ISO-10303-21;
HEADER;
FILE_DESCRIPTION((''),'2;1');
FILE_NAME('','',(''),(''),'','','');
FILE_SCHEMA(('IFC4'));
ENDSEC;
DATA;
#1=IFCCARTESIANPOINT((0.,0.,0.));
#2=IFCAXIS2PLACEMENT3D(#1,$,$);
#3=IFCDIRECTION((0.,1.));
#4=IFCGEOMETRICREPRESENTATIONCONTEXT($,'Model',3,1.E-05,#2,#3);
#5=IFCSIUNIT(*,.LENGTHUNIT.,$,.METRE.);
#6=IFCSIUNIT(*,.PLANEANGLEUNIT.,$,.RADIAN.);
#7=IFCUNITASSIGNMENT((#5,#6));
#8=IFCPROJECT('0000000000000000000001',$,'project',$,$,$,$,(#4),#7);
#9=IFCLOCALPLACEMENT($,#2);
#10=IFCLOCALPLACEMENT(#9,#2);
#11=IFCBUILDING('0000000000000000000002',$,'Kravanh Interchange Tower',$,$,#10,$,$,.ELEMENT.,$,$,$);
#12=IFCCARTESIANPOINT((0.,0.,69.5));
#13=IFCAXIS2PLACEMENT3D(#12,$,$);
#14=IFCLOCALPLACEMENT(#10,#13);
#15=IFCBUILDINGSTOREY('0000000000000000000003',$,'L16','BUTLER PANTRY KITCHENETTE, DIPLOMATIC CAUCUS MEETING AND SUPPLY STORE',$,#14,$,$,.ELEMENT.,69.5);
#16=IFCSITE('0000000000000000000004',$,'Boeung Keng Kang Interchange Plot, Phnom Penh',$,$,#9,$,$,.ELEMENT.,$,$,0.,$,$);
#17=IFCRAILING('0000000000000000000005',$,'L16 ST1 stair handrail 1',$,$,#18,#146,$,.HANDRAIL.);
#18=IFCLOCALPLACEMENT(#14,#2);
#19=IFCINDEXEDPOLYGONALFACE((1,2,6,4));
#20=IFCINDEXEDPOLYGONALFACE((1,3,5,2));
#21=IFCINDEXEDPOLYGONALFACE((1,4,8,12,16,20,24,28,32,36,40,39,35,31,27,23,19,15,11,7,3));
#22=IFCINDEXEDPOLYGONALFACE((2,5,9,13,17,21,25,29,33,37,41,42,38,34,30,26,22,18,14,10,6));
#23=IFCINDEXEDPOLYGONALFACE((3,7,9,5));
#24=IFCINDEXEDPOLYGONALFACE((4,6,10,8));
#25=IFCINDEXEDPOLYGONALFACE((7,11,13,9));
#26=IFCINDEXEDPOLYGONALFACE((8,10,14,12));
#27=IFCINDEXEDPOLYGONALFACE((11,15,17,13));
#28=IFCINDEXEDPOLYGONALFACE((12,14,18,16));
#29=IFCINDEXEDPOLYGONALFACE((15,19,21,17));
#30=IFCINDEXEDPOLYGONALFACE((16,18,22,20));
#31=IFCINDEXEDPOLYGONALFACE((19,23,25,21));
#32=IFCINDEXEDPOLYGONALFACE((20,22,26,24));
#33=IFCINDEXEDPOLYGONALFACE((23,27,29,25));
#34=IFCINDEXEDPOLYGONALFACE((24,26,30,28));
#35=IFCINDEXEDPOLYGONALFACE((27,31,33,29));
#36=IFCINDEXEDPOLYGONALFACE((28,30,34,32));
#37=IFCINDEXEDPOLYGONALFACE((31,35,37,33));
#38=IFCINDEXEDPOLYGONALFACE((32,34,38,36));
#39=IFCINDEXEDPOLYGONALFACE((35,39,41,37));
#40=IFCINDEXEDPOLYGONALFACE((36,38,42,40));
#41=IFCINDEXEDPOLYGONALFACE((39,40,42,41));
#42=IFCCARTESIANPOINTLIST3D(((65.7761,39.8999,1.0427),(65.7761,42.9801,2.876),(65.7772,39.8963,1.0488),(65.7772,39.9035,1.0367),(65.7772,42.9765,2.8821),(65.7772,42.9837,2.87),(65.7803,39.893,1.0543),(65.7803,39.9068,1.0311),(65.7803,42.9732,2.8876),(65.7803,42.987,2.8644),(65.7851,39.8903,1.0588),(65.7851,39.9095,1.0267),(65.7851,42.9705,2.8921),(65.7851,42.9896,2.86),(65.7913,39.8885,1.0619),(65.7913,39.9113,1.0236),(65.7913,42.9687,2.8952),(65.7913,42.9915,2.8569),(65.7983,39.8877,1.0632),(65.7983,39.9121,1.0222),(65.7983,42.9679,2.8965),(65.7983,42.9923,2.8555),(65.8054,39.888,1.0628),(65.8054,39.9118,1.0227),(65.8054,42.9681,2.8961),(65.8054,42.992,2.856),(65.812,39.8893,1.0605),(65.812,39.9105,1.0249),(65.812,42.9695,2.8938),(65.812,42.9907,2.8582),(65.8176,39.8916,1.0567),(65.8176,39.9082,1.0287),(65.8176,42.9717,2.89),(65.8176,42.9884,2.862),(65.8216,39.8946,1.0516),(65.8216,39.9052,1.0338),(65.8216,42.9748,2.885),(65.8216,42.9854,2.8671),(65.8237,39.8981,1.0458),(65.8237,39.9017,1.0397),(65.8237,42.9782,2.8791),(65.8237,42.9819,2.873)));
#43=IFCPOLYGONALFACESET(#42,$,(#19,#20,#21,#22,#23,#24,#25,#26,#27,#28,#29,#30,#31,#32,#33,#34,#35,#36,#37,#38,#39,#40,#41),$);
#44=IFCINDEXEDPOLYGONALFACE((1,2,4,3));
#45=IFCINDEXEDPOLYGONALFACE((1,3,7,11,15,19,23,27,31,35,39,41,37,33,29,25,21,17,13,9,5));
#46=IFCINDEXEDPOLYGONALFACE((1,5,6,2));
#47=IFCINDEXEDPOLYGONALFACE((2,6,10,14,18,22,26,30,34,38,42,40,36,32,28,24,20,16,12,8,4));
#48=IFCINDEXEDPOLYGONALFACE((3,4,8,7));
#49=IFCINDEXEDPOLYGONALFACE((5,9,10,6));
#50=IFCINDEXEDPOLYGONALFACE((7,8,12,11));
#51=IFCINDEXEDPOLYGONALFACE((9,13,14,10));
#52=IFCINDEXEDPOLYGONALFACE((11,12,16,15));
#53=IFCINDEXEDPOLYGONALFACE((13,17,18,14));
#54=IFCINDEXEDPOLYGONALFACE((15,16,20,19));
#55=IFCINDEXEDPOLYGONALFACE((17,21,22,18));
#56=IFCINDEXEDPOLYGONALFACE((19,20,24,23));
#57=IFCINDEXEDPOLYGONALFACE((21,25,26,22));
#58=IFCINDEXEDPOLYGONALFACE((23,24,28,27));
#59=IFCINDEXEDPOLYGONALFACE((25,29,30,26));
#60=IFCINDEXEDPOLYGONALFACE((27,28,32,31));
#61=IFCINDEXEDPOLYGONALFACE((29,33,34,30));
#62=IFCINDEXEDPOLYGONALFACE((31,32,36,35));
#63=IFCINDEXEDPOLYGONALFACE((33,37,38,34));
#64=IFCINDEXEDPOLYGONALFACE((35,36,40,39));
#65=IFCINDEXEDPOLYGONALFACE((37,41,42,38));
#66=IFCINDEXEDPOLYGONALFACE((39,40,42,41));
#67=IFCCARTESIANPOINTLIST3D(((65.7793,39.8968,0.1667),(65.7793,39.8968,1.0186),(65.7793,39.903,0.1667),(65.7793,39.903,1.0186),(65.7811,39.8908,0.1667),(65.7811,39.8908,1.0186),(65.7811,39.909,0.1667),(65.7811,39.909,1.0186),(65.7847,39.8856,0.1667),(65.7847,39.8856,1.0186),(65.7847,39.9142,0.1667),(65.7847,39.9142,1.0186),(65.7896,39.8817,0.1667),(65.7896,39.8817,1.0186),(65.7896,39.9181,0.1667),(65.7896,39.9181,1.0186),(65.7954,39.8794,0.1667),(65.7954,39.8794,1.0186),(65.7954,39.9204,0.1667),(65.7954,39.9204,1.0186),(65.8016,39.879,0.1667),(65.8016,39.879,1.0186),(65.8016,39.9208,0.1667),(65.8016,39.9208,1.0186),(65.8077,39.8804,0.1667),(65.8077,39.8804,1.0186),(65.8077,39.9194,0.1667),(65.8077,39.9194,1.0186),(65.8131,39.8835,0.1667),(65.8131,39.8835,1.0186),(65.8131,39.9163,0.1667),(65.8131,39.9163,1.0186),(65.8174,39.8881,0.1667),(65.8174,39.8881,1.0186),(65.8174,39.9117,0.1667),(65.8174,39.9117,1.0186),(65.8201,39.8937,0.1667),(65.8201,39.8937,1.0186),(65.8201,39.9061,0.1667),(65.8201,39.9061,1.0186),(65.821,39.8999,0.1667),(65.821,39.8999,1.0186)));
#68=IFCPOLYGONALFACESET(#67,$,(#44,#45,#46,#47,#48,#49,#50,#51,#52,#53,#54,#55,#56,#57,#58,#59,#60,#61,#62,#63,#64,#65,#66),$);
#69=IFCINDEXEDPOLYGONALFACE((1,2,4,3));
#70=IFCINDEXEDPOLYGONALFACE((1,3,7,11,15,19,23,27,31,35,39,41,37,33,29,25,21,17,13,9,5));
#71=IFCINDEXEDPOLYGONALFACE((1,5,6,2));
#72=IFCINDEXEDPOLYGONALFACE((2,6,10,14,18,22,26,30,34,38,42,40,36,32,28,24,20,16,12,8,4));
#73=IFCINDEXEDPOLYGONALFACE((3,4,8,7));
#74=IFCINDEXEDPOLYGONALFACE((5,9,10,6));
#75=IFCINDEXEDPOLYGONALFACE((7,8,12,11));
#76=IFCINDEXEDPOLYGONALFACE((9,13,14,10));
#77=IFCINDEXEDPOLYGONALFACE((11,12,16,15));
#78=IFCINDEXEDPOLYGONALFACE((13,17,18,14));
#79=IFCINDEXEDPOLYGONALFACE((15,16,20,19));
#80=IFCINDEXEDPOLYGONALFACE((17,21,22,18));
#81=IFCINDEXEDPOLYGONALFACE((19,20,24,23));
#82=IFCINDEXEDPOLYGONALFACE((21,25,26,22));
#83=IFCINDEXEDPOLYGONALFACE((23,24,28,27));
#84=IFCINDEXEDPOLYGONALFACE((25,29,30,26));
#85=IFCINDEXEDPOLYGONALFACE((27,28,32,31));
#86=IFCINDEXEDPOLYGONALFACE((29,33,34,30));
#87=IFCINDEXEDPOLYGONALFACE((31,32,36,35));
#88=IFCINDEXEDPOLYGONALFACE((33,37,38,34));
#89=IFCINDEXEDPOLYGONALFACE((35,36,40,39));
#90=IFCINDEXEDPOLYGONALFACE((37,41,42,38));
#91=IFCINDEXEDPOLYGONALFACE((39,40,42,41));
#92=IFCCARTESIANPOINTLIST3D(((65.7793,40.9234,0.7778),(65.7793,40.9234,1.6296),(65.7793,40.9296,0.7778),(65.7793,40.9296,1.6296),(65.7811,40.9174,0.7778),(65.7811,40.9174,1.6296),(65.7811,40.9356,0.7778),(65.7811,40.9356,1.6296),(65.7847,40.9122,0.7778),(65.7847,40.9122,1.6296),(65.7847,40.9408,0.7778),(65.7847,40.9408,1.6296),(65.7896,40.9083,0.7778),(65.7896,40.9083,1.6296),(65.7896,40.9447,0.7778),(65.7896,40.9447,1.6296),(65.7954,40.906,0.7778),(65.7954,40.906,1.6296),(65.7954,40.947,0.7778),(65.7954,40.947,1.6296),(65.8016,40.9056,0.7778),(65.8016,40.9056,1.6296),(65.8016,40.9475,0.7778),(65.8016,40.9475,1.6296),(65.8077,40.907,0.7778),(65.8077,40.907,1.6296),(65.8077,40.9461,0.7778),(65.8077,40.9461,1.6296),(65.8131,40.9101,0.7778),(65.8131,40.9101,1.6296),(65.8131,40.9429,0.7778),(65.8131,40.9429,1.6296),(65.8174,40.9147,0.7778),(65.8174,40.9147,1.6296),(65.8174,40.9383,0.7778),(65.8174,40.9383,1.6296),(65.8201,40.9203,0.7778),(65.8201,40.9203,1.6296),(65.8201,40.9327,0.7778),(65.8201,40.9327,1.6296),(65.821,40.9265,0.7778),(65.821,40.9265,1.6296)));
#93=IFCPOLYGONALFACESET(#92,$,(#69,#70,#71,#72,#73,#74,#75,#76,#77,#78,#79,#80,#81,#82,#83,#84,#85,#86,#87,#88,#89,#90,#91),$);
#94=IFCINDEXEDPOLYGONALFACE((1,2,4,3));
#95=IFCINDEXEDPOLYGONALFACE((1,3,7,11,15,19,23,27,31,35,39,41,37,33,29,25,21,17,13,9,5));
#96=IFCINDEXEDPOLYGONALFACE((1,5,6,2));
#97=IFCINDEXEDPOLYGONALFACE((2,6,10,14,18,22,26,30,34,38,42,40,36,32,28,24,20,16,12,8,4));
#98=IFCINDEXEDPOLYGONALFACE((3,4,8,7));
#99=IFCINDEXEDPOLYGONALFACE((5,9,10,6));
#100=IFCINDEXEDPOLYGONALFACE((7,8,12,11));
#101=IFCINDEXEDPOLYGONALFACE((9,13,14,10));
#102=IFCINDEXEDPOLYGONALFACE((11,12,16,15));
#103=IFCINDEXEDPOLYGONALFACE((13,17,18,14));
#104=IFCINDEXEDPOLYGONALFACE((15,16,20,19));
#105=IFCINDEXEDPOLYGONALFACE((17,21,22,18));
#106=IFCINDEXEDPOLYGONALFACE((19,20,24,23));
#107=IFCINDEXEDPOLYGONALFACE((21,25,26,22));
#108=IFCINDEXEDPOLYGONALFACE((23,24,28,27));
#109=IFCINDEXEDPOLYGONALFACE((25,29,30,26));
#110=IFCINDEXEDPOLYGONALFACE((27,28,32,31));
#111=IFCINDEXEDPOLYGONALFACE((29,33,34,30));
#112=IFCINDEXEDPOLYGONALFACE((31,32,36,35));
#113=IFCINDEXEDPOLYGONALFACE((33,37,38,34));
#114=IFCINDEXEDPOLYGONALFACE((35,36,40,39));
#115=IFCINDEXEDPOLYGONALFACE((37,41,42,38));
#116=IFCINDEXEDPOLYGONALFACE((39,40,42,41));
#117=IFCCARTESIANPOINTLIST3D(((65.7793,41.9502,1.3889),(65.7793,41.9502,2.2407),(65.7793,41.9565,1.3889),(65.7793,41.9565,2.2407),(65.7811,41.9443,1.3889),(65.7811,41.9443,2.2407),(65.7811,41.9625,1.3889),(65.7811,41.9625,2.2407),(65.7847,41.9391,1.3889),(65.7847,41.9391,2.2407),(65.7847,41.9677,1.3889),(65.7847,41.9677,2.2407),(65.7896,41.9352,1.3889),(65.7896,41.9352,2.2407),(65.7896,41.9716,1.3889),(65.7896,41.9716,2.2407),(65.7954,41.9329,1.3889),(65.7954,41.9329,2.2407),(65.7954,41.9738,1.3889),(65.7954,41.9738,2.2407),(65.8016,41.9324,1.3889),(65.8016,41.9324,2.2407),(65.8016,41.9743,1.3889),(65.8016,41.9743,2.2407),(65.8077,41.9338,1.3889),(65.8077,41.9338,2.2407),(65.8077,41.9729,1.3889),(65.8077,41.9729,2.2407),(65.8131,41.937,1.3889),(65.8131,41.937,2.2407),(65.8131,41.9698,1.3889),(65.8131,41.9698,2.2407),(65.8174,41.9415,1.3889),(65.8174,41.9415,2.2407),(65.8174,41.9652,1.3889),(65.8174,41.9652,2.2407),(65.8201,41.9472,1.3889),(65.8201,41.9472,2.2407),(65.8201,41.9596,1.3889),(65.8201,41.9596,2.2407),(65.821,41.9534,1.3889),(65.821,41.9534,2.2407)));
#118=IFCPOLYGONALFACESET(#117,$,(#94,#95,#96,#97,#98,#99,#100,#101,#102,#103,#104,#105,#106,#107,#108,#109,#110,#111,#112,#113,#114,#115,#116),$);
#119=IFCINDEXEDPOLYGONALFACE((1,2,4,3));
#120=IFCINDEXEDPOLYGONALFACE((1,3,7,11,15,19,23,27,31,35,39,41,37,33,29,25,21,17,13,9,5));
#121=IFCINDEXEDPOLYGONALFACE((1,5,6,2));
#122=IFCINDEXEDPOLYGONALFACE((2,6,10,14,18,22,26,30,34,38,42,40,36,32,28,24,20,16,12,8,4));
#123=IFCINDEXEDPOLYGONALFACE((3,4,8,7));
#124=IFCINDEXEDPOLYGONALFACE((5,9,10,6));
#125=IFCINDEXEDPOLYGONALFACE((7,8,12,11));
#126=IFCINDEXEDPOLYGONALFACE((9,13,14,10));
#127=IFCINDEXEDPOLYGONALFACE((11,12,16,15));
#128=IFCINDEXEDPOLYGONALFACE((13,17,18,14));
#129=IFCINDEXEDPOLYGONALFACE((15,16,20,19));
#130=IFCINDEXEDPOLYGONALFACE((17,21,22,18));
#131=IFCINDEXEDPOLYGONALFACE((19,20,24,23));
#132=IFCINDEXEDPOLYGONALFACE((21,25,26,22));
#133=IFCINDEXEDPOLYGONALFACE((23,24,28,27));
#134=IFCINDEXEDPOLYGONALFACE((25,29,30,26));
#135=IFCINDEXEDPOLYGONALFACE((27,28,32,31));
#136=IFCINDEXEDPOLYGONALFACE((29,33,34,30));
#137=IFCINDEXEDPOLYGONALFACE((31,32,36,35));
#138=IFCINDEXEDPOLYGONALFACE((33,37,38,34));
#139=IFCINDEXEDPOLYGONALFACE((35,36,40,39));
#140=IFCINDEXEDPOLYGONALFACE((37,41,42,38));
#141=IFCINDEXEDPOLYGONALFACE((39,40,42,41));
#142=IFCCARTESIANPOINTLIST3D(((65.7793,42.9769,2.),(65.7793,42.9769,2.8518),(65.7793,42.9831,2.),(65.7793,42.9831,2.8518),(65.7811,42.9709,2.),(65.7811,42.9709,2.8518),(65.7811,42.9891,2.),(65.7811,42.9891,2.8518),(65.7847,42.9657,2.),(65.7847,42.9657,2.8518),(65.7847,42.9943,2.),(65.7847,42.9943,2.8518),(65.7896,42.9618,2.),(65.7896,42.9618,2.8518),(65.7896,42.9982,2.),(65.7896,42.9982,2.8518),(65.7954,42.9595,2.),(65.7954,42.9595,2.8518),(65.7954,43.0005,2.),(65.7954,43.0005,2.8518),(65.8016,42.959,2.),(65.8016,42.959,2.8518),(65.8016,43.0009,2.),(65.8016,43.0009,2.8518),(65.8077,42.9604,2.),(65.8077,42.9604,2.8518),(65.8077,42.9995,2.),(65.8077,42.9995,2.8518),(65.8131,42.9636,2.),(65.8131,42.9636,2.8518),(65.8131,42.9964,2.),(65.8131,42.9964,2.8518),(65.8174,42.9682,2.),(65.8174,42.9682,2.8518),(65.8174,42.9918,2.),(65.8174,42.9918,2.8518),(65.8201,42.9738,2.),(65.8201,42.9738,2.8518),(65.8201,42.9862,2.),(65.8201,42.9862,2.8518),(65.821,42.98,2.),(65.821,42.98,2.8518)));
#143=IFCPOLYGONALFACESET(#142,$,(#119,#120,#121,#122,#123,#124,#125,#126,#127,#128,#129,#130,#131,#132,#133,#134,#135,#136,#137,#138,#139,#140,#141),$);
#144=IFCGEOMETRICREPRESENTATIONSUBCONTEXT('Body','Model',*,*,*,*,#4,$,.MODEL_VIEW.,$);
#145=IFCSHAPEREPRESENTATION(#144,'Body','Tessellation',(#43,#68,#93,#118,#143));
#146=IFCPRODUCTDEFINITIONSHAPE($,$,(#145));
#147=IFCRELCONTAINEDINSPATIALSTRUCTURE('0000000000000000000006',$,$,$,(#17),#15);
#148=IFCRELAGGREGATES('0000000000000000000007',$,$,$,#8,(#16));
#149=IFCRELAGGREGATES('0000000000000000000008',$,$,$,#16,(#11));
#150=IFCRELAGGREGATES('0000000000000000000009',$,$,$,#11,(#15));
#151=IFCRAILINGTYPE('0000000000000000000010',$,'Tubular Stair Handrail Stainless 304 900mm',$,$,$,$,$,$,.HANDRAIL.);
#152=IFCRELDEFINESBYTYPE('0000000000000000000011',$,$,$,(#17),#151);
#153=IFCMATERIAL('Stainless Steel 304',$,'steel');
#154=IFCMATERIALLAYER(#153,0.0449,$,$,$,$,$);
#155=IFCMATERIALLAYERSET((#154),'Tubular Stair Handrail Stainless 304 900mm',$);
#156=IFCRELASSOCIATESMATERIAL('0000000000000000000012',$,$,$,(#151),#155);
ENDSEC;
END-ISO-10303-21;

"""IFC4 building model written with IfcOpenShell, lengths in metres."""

from ifc_helpers import new_model, si_unit, direction, frame, origin, origin_2d, place, context, subcontext, project, spatial, circle, extrude, material, layer, layer_set, type_object, element, save


model = new_model("IFC4")

# Units and contexts
model_context = context("Model", 3, precision=1e-05, world=origin(), true_north=direction((0.0, 1.0)))
body_context = subcontext(model_context, "Body", "Model", "MODEL_VIEW")
ifc_project = project(units=[si_unit("LENGTHUNIT", "METRE"), si_unit("PLANEANGLEUNIT", "RADIAN")], contexts=[model_context])

# Site, building, storey
site_placement = place(None, origin())
site = spatial("IfcSite", under=ifc_project, at=site_placement, Name="Boeung Keng Kang Interchange Plot, Phnom Penh", CompositionType="ELEMENT", RefElevation=0.0)
building_placement = place(site_placement, origin())
building = spatial("IfcBuilding", under=site, at=building_placement, Name="Kravanh Interchange Tower", CompositionType="ELEMENT")
storey_placement = place(building_placement, frame((0.0, 0.0, 69.5)))
storey = spatial("IfcBuildingStorey", under=building, at=storey_placement, Name="L16", Description="BUTLER PANTRY KITCHENETTE, DIPLOMATIC CAUCUS MEETING AND SUPPLY STORE", CompositionType="ELEMENT", Elevation=69.5)

# Railing
ifc_material_1 = material(Name="Stainless Steel 304", Category="steel")
ifc_layer_1 = layer(ifc_material_1, 0.0449)
ifc_layer_set_1 = layer_set([ifc_layer_1], Name="Tubular Stair Handrail Stainless 304 900mm")
railing_type_1 = type_object("IfcRailingType", Name="Tubular Stair Handrail Stainless 304 900mm", PredefinedType="HANDRAIL", material=ifc_layer_set_1)
railing_1_placement = place(storey_placement, frame((65.8, 39.8999, 0.1667)))
element("IfcRailing", 1, at=railing_1_placement, inside=storey, type_object=railing_type_1, Name="L16 ST1 stair handrail 1", PredefinedType="HANDRAIL", context=body_context, shape_type="SweptSolid", body=[
    extrude(circle(Radius=0.0239, at=origin_2d()), frame((0.0, 0.0, 0.876), z_axis=(0.0, 0.859309, 0.511458), x_axis=(-1.0, 0.0, 0.0)), (0.0, 0.0, 1.0), 3.5845),
    extrude(circle(Radius=0.021, at=origin_2d()), origin(), (0.0, 0.0, 1.0), 0.8518),
    extrude(circle(Radius=0.021, at=origin_2d()), frame((0.0, 1.0266, 0.6111)), (0.0, 0.0, 1.0), 0.8518),
    extrude(circle(Radius=0.021, at=origin_2d()), frame((0.0, 2.0535, 1.2222)), (0.0, 0.0, 1.0), 0.8518),
    extrude(circle(Radius=0.021, at=origin_2d()), frame((0.0, 3.0801, 1.8333)), (0.0, 0.0, 1.0), 0.8518),
])

save(model, "model.ifc")
